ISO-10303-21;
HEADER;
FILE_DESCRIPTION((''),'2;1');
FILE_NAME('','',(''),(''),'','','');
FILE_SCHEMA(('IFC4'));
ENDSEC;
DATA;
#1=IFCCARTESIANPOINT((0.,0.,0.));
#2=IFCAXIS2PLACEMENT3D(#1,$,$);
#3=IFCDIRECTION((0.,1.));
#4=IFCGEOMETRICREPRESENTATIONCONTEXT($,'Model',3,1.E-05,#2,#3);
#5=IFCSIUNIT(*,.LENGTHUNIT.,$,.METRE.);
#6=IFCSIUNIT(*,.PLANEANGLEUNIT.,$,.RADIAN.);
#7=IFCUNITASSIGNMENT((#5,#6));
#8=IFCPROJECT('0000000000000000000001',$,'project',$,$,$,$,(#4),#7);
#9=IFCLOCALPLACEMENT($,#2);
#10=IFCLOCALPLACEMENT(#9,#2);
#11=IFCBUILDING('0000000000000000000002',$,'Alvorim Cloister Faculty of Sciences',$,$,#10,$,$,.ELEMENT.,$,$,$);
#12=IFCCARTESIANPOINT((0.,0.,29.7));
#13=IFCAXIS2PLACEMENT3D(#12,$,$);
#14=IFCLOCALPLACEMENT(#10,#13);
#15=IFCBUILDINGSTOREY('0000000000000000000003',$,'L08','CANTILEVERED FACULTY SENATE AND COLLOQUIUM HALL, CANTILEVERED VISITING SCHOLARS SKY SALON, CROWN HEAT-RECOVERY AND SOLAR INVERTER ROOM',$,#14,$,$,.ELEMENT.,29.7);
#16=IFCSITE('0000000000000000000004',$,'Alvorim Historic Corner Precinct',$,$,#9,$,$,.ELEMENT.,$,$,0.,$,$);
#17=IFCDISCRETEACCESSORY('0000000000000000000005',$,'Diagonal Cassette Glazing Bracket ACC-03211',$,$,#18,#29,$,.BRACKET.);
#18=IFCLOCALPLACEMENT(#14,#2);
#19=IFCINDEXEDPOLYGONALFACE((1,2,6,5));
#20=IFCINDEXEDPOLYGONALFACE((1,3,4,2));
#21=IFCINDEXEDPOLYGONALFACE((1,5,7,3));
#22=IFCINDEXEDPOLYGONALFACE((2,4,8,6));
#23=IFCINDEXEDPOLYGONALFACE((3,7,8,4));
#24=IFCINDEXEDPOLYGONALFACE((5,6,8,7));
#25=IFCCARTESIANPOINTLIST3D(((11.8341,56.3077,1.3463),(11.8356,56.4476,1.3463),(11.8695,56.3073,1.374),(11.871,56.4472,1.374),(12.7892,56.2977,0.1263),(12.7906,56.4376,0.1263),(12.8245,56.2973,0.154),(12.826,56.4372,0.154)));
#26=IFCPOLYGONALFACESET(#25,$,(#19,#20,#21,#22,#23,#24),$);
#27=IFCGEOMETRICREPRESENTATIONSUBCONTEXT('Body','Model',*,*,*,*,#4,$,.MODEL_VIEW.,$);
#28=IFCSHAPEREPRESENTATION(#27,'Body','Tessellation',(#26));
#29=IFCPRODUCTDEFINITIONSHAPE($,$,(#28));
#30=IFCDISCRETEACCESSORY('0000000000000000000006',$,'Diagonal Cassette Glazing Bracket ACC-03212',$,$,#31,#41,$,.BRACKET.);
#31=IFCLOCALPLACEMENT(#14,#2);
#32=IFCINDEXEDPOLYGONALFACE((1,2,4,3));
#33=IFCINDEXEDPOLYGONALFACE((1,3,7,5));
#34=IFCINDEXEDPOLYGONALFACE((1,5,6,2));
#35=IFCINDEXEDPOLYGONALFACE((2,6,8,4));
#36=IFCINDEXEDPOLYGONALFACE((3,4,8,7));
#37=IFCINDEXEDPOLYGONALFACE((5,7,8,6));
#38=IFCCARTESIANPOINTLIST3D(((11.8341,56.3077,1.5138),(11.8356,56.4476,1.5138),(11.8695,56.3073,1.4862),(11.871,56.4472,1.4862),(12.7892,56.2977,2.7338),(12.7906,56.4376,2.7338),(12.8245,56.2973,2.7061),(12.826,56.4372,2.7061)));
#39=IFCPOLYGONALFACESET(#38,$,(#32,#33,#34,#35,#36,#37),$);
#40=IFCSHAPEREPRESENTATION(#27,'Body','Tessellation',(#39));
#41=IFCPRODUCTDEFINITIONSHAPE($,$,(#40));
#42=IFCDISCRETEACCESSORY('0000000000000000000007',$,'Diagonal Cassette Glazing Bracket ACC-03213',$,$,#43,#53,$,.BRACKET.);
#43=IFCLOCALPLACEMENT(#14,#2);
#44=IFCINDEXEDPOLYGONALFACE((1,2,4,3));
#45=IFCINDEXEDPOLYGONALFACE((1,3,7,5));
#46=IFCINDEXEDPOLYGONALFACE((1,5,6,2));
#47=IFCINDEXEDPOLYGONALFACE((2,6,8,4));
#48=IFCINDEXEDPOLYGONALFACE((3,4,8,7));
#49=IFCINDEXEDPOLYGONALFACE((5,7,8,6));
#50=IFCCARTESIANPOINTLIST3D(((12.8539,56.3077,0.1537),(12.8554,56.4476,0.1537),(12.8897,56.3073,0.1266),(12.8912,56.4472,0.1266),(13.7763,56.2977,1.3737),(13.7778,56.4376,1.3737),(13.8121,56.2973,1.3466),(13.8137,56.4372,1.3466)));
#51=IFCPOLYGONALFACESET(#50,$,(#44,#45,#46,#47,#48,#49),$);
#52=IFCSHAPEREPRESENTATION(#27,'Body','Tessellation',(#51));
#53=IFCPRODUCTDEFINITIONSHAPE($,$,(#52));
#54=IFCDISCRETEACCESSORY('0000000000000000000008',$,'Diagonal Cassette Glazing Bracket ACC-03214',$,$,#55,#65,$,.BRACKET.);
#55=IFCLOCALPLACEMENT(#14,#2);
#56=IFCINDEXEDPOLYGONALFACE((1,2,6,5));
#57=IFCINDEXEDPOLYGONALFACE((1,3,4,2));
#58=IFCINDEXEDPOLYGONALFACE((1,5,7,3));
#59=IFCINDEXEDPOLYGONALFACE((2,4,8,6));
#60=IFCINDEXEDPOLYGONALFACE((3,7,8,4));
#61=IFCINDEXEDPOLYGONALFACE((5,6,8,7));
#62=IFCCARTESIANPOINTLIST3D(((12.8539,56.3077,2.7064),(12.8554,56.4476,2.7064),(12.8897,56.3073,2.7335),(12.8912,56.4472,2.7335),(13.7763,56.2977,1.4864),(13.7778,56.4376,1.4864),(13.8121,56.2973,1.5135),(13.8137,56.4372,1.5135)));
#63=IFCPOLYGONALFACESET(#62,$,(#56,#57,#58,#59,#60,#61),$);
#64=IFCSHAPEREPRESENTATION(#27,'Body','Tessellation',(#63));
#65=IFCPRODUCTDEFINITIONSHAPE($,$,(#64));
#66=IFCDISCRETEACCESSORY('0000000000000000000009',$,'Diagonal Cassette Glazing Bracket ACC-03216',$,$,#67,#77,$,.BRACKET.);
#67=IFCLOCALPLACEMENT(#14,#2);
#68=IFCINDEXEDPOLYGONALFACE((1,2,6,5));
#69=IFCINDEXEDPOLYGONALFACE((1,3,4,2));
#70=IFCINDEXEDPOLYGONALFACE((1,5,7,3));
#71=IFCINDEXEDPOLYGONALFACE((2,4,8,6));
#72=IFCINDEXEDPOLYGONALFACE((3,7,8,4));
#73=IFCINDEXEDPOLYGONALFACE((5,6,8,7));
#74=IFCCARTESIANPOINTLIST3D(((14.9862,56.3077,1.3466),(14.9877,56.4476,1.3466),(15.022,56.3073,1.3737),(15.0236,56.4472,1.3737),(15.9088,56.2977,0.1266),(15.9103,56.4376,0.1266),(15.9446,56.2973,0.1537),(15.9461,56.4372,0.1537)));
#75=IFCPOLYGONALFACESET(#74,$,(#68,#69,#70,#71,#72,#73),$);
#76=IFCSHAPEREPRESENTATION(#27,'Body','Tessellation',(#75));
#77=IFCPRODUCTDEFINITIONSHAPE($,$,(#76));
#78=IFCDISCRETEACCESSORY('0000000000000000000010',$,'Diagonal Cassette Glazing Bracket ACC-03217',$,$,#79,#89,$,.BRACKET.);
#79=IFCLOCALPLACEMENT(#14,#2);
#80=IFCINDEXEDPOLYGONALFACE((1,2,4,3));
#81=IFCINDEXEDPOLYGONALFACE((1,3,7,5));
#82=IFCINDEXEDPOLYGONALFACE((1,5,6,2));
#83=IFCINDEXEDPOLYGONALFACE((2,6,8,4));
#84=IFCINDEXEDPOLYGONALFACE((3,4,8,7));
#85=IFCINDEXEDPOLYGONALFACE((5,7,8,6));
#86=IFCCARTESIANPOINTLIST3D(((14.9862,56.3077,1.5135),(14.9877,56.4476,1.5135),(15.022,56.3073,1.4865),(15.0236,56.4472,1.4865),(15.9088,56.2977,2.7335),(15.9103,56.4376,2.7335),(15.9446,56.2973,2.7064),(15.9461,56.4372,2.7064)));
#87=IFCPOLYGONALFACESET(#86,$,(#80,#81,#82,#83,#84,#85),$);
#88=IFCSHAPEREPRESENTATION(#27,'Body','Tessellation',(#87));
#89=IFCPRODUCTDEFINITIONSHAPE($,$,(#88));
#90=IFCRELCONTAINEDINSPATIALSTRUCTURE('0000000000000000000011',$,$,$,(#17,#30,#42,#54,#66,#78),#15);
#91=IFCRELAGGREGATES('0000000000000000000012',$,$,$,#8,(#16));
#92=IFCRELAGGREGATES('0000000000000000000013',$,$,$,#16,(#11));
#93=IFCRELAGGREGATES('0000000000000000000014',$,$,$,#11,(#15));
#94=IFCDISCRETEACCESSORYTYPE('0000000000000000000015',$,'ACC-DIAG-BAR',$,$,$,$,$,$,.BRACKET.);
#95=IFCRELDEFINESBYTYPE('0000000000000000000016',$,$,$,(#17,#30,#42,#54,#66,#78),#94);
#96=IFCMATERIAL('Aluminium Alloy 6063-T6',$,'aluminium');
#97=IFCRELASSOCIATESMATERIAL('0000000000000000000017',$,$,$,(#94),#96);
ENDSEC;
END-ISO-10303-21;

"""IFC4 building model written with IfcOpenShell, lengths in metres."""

from ifc_helpers import new_model, si_unit, direction, frame, origin, origin_2d, place, context, subcontext, project, spatial, rectangle, extrude, material, type_object, element, save


model = new_model("IFC4")

# Units and contexts
model_context = context("Model", 3, precision=1e-05, world=origin(), true_north=direction((0.0, 1.0)))
body_context = subcontext(model_context, "Body", "Model", "MODEL_VIEW")
ifc_project = project(units=[si_unit("LENGTHUNIT", "METRE"), si_unit("PLANEANGLEUNIT", "RADIAN")], contexts=[model_context])

# Site, building, storey
site_placement = place(None, origin())
site = spatial("IfcSite", under=ifc_project, at=site_placement, Name="Alvorim Historic Corner Precinct", CompositionType="ELEMENT", RefElevation=0.0)
building_placement = place(site_placement, origin())
building = spatial("IfcBuilding", under=site, at=building_placement, Name="Alvorim Cloister Faculty of Sciences", CompositionType="ELEMENT")
storey_placement = place(building_placement, frame((0.0, 0.0, 29.7)))
storey = spatial("IfcBuildingStorey", under=building, at=storey_placement, Name="L08", Description="CANTILEVERED FACULTY SENATE AND COLLOQUIUM HALL, CANTILEVERED VISITING SCHOLARS SKY SALON, CROWN HEAT-RECOVERY AND SOLAR INVERTER ROOM", CompositionType="ELEMENT", Elevation=29.7)

# Shared definitions
ifc_material_1 = material(Name="Aluminium Alloy 6063-T6", Category="aluminium")

# Discrete accessories
discrete_accessory_type = type_object("IfcDiscreteAccessoryType", Name="ACC-DIAG-BAR", PredefinedType="BRACKET", material=ifc_material_1)
for number, where, z_axis, x_axis, name in (
    (1, (11.8525, 56.3774, 1.3601), (0.616423, -0.00646, -0.787389), (0.01048, 0.999945, 0.0), "Diagonal Cassette Glazing Bracket ACC-03211"),
    (2, (11.8525, 56.3774, 1.5), (0.616423, -0.00646, 0.787389), (0.01048, 0.999945, 0.0), "Diagonal Cassette Glazing Bracket ACC-03212"),
):
    element("IfcDiscreteAccessory", number, at=place(storey_placement, frame(where, z_axis=z_axis, x_axis=x_axis)), inside=storey, type_object=discrete_accessory_type, Name=name, PredefinedType="BRACKET", context=body_context, shape_type="SweptSolid", body=[
        extrude(rectangle(XDim=0.1399, YDim=0.0449, at=origin_2d()), origin(), (0.0, 0.0, 1.0), 1.5493),
    ])
for number, where, z_axis, x_axis, name in (
    (3, (12.8726, 56.3774, 0.1401), (0.603073, -0.006545, 0.797659), (0.010852, 0.999941, 0.0), "Diagonal Cassette Glazing Bracket ACC-03213"),
    (4, (12.8726, 56.3774, 2.72), (0.603073, -0.006545, -0.797659), (0.010852, 0.999941, 0.0), "Diagonal Cassette Glazing Bracket ACC-03214"),
    (5, (15.0049, 56.3774, 1.3601), (0.603175, -0.006544, -0.797582), (0.010849, 0.999941, 0.0), "Diagonal Cassette Glazing Bracket ACC-03216"),
    (6, (15.0049, 56.3774, 1.5), (0.603175, -0.006544, 0.797582), (0.010849, 0.999941, 0.0), "Diagonal Cassette Glazing Bracket ACC-03217"),
):
    element("IfcDiscreteAccessory", number, at=place(storey_placement, frame(where, z_axis=z_axis, x_axis=x_axis)), inside=storey, type_object=discrete_accessory_type, Name=name, PredefinedType="BRACKET", context=body_context, shape_type="SweptSolid", body=[
        extrude(rectangle(XDim=0.1399, YDim=0.0449, at=origin_2d()), origin(), (0.0, 0.0, 1.0), 1.5295),
    ])

save(model, "model.ifc")
